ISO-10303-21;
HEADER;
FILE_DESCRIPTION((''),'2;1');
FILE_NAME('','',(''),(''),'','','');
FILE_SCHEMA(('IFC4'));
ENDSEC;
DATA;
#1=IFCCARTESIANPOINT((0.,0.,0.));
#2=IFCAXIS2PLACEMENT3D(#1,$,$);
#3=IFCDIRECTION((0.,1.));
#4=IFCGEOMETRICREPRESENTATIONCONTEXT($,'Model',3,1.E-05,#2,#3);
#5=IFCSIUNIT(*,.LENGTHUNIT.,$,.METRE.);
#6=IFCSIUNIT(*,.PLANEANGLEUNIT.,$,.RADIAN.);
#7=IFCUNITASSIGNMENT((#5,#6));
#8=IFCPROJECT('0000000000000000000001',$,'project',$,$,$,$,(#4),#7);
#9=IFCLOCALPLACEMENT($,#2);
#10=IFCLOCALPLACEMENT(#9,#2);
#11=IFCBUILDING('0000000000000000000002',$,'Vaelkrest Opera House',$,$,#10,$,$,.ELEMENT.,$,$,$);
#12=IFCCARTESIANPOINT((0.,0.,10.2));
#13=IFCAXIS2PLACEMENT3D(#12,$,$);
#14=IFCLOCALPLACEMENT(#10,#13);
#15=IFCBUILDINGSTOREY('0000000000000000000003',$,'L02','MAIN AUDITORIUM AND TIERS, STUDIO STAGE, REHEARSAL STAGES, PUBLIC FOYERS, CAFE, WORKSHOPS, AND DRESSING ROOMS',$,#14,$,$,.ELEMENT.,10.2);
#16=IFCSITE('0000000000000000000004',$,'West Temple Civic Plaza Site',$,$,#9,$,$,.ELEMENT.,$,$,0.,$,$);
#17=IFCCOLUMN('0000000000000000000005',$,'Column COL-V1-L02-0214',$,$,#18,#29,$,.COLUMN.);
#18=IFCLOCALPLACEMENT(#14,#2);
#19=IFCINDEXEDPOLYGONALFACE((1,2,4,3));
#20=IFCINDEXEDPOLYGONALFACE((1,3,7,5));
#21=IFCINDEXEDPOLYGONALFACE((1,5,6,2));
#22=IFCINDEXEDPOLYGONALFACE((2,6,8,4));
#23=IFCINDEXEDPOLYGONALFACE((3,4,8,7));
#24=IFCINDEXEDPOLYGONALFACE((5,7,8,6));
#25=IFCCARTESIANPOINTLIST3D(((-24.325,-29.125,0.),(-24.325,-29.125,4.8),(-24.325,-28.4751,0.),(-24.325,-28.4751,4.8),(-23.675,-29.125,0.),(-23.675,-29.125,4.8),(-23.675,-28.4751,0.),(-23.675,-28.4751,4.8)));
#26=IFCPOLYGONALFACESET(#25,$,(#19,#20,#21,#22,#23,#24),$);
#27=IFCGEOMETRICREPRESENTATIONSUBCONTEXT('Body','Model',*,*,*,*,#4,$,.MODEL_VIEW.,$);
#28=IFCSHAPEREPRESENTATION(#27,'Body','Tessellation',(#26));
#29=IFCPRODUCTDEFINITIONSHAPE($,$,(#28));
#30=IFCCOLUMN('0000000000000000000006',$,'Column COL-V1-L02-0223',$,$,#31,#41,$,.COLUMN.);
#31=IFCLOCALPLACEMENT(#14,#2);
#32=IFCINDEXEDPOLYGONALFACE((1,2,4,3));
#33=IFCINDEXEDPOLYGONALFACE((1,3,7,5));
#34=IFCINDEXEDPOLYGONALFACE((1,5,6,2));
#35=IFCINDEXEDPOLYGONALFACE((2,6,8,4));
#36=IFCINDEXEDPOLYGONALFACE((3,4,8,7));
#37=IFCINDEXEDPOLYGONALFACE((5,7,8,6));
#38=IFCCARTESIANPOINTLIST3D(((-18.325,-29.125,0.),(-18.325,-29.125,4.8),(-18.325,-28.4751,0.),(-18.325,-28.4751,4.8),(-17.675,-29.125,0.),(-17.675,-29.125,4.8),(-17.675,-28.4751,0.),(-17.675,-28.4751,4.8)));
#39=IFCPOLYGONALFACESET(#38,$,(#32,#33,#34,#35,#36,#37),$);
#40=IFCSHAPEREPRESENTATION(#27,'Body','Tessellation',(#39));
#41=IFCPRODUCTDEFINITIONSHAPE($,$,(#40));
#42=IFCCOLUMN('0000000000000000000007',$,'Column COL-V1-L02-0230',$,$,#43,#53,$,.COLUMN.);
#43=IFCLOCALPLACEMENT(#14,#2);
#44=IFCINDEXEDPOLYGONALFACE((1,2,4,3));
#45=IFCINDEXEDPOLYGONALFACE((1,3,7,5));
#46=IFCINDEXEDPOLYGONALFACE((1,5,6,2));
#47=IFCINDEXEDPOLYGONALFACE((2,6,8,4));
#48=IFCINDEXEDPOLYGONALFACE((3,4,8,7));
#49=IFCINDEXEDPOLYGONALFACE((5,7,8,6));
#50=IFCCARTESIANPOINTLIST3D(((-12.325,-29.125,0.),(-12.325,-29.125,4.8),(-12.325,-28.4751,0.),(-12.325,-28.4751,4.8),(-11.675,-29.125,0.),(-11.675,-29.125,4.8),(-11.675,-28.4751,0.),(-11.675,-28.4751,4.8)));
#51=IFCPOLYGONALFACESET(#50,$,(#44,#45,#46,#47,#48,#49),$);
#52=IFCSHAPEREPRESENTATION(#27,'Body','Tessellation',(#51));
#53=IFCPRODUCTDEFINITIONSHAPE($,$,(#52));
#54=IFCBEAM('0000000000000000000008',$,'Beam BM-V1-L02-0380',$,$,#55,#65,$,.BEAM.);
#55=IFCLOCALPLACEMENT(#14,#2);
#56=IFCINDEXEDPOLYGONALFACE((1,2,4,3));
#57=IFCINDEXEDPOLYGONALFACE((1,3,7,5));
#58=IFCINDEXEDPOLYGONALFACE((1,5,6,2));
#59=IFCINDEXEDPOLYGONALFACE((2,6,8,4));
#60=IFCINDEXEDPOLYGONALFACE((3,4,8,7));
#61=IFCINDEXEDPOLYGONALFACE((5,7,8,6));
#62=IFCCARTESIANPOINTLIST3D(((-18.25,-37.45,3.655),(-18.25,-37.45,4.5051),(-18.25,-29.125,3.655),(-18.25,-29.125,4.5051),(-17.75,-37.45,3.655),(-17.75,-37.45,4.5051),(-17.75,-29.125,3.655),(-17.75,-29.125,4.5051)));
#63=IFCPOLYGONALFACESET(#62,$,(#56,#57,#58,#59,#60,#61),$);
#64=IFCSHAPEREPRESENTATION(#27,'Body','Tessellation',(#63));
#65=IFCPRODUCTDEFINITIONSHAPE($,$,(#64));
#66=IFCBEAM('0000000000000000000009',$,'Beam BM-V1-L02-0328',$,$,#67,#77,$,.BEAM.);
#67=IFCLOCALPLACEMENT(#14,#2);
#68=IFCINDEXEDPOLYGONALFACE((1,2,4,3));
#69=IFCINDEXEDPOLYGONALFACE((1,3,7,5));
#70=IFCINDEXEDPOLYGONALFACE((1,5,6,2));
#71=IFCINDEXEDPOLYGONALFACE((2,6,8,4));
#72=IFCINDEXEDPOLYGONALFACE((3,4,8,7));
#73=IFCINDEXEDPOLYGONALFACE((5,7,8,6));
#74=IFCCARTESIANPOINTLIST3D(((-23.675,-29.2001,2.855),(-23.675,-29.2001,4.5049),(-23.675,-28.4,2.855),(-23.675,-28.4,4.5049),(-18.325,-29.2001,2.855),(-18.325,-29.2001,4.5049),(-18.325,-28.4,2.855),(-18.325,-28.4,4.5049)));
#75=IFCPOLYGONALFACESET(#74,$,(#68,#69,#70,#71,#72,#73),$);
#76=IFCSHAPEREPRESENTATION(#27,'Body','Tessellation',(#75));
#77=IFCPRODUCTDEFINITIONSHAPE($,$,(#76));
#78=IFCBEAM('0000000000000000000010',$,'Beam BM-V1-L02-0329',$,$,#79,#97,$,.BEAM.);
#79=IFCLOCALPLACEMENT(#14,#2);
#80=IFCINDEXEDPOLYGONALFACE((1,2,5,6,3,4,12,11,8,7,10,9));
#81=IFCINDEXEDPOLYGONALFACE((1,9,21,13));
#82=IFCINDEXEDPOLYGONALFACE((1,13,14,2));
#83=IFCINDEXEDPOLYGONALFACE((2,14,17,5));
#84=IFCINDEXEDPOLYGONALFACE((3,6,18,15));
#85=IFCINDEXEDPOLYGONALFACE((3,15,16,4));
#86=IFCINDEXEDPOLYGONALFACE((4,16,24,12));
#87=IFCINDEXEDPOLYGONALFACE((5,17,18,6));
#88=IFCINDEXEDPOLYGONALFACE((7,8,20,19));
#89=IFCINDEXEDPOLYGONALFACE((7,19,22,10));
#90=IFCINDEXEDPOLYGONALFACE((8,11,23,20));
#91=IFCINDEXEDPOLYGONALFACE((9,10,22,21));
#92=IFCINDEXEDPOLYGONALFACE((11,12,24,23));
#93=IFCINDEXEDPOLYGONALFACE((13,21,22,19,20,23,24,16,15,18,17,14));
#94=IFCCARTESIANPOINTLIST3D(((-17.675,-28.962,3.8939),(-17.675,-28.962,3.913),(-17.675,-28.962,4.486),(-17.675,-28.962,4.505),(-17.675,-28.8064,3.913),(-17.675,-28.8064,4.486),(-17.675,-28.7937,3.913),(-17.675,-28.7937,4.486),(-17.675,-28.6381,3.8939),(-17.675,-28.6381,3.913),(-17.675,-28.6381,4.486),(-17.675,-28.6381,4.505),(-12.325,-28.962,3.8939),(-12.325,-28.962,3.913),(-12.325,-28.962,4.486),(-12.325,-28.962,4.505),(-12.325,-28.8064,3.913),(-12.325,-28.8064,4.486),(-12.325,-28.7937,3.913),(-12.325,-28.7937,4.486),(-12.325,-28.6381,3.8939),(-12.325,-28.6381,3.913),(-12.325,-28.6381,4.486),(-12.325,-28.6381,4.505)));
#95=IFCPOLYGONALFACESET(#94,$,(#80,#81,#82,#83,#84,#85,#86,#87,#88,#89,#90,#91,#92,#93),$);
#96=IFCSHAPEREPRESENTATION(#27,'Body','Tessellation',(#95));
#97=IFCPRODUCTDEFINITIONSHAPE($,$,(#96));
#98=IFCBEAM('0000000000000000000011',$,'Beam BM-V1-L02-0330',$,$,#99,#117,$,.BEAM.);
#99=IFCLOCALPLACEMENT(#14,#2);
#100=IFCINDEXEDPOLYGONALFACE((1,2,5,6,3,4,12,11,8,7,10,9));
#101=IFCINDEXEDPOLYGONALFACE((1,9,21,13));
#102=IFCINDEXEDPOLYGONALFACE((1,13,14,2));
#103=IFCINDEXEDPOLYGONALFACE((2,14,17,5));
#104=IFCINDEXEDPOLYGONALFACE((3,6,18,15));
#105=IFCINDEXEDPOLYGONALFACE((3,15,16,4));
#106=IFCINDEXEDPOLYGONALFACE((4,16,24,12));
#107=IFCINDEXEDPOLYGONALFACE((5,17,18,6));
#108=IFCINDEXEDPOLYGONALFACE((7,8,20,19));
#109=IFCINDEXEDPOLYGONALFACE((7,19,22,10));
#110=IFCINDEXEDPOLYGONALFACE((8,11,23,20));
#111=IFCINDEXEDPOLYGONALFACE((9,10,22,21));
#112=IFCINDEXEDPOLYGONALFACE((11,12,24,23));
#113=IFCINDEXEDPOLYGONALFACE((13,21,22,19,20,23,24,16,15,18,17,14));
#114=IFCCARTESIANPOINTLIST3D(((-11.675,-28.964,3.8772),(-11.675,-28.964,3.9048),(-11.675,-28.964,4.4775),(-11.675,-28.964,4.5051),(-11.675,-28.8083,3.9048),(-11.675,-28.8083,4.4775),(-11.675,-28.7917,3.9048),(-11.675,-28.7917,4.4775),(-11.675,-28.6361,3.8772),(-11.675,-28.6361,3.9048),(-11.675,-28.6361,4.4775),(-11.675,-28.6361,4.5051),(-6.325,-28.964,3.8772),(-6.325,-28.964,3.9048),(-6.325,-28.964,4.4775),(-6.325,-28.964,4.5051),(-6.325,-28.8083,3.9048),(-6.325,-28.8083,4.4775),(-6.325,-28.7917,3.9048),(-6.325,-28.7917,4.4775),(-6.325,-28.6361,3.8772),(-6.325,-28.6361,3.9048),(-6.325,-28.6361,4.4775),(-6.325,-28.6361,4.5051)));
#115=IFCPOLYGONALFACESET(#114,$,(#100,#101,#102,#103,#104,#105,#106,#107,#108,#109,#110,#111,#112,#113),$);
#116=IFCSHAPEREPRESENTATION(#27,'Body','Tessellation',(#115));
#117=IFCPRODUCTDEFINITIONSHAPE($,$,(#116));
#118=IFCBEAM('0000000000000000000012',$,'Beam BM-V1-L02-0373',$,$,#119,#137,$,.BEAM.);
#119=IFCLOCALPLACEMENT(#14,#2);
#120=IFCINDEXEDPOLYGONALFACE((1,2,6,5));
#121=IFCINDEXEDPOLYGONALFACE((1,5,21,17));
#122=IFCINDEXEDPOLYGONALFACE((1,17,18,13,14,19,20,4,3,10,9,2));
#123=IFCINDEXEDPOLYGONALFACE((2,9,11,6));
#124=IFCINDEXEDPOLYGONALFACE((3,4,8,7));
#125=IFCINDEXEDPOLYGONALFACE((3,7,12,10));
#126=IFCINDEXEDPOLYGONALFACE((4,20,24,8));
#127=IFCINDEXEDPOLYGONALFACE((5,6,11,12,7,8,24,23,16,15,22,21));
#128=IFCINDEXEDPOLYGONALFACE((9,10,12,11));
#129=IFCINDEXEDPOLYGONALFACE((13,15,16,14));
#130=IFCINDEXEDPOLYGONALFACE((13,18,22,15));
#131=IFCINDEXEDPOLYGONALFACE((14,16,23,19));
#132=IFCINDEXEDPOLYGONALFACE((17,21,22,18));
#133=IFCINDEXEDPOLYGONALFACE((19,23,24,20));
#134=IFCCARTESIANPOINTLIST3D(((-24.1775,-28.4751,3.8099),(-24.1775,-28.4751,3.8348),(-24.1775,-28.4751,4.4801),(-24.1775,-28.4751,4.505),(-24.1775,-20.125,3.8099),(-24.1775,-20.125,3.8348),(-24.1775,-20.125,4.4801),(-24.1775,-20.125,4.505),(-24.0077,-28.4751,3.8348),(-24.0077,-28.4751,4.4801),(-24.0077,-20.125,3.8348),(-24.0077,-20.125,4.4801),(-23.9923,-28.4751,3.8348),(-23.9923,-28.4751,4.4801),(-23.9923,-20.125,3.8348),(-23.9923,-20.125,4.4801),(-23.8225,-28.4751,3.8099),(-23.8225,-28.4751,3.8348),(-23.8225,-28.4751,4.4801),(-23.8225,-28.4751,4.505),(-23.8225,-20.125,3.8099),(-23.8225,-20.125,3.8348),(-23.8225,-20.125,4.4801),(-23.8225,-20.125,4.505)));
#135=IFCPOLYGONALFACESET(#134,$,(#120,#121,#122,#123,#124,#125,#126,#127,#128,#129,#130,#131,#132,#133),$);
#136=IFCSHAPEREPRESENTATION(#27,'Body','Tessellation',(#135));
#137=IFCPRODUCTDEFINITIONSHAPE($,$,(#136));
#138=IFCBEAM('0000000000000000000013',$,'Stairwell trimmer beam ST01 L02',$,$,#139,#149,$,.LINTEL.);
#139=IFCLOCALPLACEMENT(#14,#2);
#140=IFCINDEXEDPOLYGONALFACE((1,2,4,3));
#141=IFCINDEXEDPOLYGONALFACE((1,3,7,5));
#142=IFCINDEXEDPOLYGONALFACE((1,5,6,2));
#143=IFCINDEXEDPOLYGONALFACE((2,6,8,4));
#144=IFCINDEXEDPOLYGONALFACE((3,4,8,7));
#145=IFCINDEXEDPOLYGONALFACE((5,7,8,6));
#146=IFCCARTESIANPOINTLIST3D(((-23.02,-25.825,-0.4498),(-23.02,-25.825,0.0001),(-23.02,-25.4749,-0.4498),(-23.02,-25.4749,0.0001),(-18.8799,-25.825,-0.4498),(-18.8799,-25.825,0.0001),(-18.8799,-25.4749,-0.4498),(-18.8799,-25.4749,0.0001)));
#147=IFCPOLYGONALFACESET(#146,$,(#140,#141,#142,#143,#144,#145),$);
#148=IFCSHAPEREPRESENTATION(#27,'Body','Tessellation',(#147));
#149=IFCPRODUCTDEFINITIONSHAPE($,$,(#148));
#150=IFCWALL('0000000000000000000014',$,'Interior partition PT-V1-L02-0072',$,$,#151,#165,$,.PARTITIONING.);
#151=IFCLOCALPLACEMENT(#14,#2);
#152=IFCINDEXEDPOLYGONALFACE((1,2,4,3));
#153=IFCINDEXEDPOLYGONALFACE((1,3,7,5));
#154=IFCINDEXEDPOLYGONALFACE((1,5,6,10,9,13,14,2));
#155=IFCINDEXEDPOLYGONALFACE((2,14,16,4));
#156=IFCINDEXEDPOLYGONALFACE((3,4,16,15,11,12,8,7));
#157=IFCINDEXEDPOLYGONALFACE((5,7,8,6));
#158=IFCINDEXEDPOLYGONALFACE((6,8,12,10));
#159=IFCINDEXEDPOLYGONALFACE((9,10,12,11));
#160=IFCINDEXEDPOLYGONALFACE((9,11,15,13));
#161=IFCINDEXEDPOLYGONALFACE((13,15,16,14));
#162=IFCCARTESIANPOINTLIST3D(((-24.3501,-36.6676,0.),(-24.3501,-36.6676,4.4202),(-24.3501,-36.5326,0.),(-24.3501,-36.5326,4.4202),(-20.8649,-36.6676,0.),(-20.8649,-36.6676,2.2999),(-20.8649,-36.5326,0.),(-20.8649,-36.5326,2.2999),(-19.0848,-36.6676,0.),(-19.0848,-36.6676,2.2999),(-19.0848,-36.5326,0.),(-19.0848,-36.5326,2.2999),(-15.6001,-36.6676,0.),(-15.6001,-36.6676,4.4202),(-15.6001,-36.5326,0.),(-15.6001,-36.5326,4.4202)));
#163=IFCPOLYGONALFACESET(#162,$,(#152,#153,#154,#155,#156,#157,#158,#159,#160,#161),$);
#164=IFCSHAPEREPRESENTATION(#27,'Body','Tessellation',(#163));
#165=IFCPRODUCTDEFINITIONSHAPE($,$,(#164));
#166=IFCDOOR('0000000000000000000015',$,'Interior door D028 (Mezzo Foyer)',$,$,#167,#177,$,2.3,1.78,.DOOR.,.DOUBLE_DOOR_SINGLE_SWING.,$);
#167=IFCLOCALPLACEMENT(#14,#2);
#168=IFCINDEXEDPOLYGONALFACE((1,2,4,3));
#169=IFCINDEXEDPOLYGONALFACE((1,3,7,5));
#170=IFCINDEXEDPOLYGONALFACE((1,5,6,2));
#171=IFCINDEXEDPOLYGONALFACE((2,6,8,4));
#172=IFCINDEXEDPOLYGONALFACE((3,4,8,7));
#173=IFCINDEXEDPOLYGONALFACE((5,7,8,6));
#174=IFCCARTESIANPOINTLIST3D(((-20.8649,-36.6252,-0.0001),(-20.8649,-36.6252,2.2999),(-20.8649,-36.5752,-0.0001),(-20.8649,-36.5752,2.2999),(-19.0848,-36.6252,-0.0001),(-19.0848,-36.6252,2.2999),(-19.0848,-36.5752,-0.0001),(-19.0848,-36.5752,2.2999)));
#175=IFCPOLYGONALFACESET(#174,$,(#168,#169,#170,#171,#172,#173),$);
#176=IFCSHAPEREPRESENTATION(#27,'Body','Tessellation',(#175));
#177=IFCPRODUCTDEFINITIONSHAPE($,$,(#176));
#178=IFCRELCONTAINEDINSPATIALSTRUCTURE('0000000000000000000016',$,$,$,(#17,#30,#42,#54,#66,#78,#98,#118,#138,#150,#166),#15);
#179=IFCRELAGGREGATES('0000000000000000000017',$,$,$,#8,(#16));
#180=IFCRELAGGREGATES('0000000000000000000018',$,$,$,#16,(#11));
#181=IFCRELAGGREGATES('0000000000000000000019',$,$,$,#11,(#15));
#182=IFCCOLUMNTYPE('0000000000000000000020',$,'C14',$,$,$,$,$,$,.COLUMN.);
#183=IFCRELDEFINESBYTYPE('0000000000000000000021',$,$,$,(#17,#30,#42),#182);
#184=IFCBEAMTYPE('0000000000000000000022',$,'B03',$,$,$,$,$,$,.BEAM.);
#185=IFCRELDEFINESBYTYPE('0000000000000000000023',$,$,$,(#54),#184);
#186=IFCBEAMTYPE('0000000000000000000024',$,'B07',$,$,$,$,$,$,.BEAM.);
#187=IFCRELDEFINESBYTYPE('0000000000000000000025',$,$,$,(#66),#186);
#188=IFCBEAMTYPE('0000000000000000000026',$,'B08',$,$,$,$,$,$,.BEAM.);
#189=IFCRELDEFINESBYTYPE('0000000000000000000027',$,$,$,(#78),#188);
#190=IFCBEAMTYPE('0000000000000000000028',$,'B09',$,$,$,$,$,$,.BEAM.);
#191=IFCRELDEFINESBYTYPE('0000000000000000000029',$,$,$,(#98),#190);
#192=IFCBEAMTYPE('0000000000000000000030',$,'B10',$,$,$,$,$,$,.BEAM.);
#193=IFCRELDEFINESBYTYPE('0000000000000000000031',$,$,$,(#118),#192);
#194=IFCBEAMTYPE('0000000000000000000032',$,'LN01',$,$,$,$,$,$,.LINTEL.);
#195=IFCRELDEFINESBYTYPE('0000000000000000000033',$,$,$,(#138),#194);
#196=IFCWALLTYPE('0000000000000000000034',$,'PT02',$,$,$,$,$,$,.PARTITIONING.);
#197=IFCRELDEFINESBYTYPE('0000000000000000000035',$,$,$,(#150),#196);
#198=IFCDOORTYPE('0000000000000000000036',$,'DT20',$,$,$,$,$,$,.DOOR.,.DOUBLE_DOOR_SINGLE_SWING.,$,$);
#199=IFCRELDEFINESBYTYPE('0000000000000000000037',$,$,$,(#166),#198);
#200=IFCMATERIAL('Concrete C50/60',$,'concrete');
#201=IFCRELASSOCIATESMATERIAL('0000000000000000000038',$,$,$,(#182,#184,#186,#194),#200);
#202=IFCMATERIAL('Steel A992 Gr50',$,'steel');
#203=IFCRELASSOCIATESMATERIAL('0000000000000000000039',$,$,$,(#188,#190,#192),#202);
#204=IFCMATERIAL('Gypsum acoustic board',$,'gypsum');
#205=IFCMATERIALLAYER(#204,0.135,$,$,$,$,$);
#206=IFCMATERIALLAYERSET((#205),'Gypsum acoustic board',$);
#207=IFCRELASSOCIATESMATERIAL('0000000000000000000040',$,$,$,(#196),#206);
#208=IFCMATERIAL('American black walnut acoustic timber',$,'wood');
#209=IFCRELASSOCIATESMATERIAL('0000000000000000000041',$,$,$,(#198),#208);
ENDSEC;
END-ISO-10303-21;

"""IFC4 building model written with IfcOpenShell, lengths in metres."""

from ifc_helpers import new_model, si_unit, direction, frame, frame_2d, origin, origin_2d, place, context, subcontext, project, spatial, rectangle, i_section, extrude, material, layer, layer_set, material_profile, profile_set, type_object, element, fill, save


model = new_model("IFC4")

# Units and contexts
model_context = context("Model", 3, precision=1e-05, world=origin(), true_north=direction((0.0, 1.0)))
body_context = subcontext(model_context, "Body", "Model", "MODEL_VIEW")
ifc_project = project(units=[si_unit("LENGTHUNIT", "METRE"), si_unit("PLANEANGLEUNIT", "RADIAN")], contexts=[model_context])

# Site, building, storey
site_placement = place(None, origin())
site = spatial("IfcSite", under=ifc_project, at=site_placement, Name="West Temple Civic Plaza Site", CompositionType="ELEMENT", RefElevation=0.0)
building_placement = place(site_placement, origin())
building = spatial("IfcBuilding", under=site, at=building_placement, Name="Vaelkrest Opera House", CompositionType="ELEMENT")
storey_placement = place(building_placement, frame((0.0, 0.0, 10.2)))
storey = spatial("IfcBuildingStorey", under=building, at=storey_placement, Name="L02", Description="MAIN AUDITORIUM AND TIERS, STUDIO STAGE, REHEARSAL STAGES, PUBLIC FOYERS, CAFE, WORKSHOPS, AND DRESSING ROOMS", CompositionType="ELEMENT", Elevation=10.2)

# Columns
ifc_material_1 = material(Name="Concrete C50/60", Category="concrete")
ifc_material_profile_1 = material_profile(ifc_material_1, rectangle(XDim=0.6499, YDim=0.6499, at=origin_2d()), Name="RC650X650")
ifc_profile_set_1 = profile_set([ifc_material_profile_1], Name="Concrete C50/60")
column_type = type_object("IfcColumnType", Name="C14", PredefinedType="COLUMN", material=ifc_profile_set_1)
for number, where, z_axis, x_axis, name in (
    (1, (-24.0, -28.8, 0.0), (0.0, 0.0, 1.0), (1.0, 0.0, 0.0), "Column COL-V1-L02-0214"),
    (2, (-18.0, -28.8, 0.0), (0.0, 0.0, 1.0), (1.0, 0.0, 0.0), "Column COL-V1-L02-0223"),
    (3, (-12.0, -28.8, 0.0), (0.0, 0.0, 1.0), (1.0, 0.0, 0.0), "Column COL-V1-L02-0230"),
):
    element("IfcColumn", number, at=place(storey_placement, frame(where, z_axis=z_axis, x_axis=x_axis)), inside=storey, type_object=column_type, Name=name, PredefinedType="COLUMN", context=body_context, shape_type="SweptSolid", body=[
        extrude(rectangle(XDim=0.6499, YDim=0.6499, at=origin_2d()), origin(), (0.0, 0.0, 1.0), 4.8),
    ])

# Beams
ifc_material_profile_2 = material_profile(ifc_material_1, rectangle(XDim=0.5, YDim=0.8501, at=origin_2d()), Name="RCB500X850")
ifc_profile_set_2 = profile_set([ifc_material_profile_2], Name="Concrete C50/60")
beam_type_1 = type_object("IfcBeamType", Name="B03", PredefinedType="BEAM", material=ifc_profile_set_2)
beam_1_placement = place(storey_placement, frame((-18.0, -37.45, 4.0801), z_axis=(0.0, 1.0, 0.0), x_axis=(-1.0, 0.0, 0.0)))
element("IfcBeam", 4, at=beam_1_placement, inside=storey, type_object=beam_type_1, Name="Beam BM-V1-L02-0380", PredefinedType="BEAM", context=body_context, shape_type="SweptSolid", body=[
    extrude(rectangle(XDim=0.5, YDim=0.8501, at=origin_2d()), origin(), (0.0, 0.0, 1.0), 8.325),
])
ifc_material_profile_3 = material_profile(ifc_material_1, rectangle(XDim=0.8, YDim=1.6499, at=origin_2d()), Name="RCB800X1650")
ifc_profile_set_3 = profile_set([ifc_material_profile_3], Name="Concrete C50/60")
beam_type_2 = type_object("IfcBeamType", Name="B07", PredefinedType="BEAM", material=ifc_profile_set_3)
beam_2_placement = place(storey_placement, frame((-23.675, -28.8, 3.6799), z_axis=(1.0, 0.0, 0.0), x_axis=(0.0, 1.0, 0.0)))
element("IfcBeam", 5, at=beam_2_placement, inside=storey, type_object=beam_type_2, Name="Beam BM-V1-L02-0328", PredefinedType="BEAM", context=body_context, shape_type="SweptSolid", body=[
    extrude(rectangle(XDim=0.8, YDim=1.6499, at=origin_2d()), origin(), (0.0, 0.0, 1.0), 5.3501),
])
ifc_material_2 = material(Name="Steel A992 Gr50", Category="steel")
ifc_material_profile_4 = material_profile(ifc_material_2, i_section(OverallWidth=0.324, OverallDepth=0.6111, WebThickness=0.0127, FlangeThickness=0.019, at=origin_2d()), Name="W24X104")
ifc_profile_set_4 = profile_set([ifc_material_profile_4], Name="Steel A992 Gr50")
beam_type_3 = type_object("IfcBeamType", Name="B08", PredefinedType="BEAM", material=ifc_profile_set_4)
beam_3_placement = place(storey_placement, frame((-17.675, -28.8, 4.1995), z_axis=(1.0, 0.0, 0.0), x_axis=(0.0, 1.0, 0.0)))
element("IfcBeam", 6, at=beam_3_placement, inside=storey, type_object=beam_type_3, Name="Beam BM-V1-L02-0329", PredefinedType="BEAM", context=body_context, shape_type="SweptSolid", body=[
    extrude(i_section(OverallWidth=0.324, OverallDepth=0.6111, WebThickness=0.0127, FlangeThickness=0.019, at=origin_2d()), origin(), (0.0, 0.0, 1.0), 5.3501),
])
ifc_material_profile_5 = material_profile(ifc_material_2, i_section(OverallWidth=0.3279, OverallDepth=0.6279, WebThickness=0.0166, FlangeThickness=0.0276, at=origin_2d()), Name="W24X146")
ifc_profile_set_5 = profile_set([ifc_material_profile_5], Name="Steel A992 Gr50")
beam_type_4 = type_object("IfcBeamType", Name="B09", PredefinedType="BEAM", material=ifc_profile_set_5)
beam_4_placement = place(storey_placement, frame((-11.675, -28.8, 4.1912), z_axis=(1.0, 0.0, 0.0), x_axis=(0.0, 1.0, 0.0)))
element("IfcBeam", 7, at=beam_4_placement, inside=storey, type_object=beam_type_4, Name="Beam BM-V1-L02-0330", PredefinedType="BEAM", context=body_context, shape_type="SweptSolid", body=[
    extrude(i_section(OverallWidth=0.3279, OverallDepth=0.6279, WebThickness=0.0166, FlangeThickness=0.0276, at=origin_2d()), origin(), (0.0, 0.0, 1.0), 5.3501),
])
ifc_material_profile_6 = material_profile(ifc_material_2, i_section(OverallWidth=0.355, OverallDepth=0.6951, WebThickness=0.0154, FlangeThickness=0.0249, at=origin_2d()), Name="W27X146")
ifc_profile_set_6 = profile_set([ifc_material_profile_6], Name="Steel A992 Gr50")
beam_type_5 = type_object("IfcBeamType", Name="B10", PredefinedType="BEAM", material=ifc_profile_set_6)
beam_5_placement = place(storey_placement, frame((-24.0, -28.4751, 4.1575), z_axis=(0.0, 1.0, 0.0), x_axis=(-1.0, 0.0, 0.0)))
element("IfcBeam", 8, at=beam_5_placement, inside=storey, type_object=beam_type_5, Name="Beam BM-V1-L02-0373", PredefinedType="BEAM", context=body_context, shape_type="SweptSolid", body=[
    extrude(i_section(OverallWidth=0.355, OverallDepth=0.6951, WebThickness=0.0154, FlangeThickness=0.0249, at=origin_2d()), origin(), (0.0, 0.0, 1.0), 8.3501),
])
ifc_material_profile_7 = material_profile(ifc_material_1, rectangle(XDim=0.3501, YDim=0.45, at=origin_2d()), Name="RCB350X450")
ifc_profile_set_7 = profile_set([ifc_material_profile_7], Name="Concrete C50/60")
beam_type_6 = type_object("IfcBeamType", Name="LN01", PredefinedType="LINTEL", material=ifc_profile_set_7)
beam_6_placement = place(storey_placement, frame((-23.02, -25.6499, -0.2249), z_axis=(1.0, 0.0, 0.0), x_axis=(0.0, 1.0, 0.0)))
element("IfcBeam", 9, at=beam_6_placement, inside=storey, type_object=beam_type_6, Name="Stairwell trimmer beam ST01 L02", PredefinedType="LINTEL", context=body_context, shape_type="SweptSolid", body=[
    extrude(rectangle(XDim=0.3501, YDim=0.45, at=origin_2d()), origin(), (0.0, 0.0, 1.0), 4.1401),
])

# Wall, opening, door
ifc_material_3 = material(Name="Gypsum acoustic board", Category="gypsum")
ifc_layer_1 = layer(ifc_material_3, 0.135)
ifc_layer_set_1 = layer_set([ifc_layer_1], Name="Gypsum acoustic board")
wall_type_1 = type_object("IfcWallType", Name="PT02", PredefinedType="PARTITIONING", material=ifc_layer_set_1)
wall_1_placement = place(storey_placement, frame((-24.3501, -36.6001, 0.0), z_axis=(0.0, 0.0, 1.0), x_axis=(1.0, 0.0, 0.0)))
wall_1 = element("IfcWall", 10, at=wall_1_placement, inside=storey, type_object=wall_type_1, Name="Interior partition PT-V1-L02-0072", PredefinedType="PARTITIONING", context=body_context, shape_type="SweptSolid", body=[
    extrude(rectangle(XDim=8.75, YDim=0.135, at=frame_2d((4.375, 0.0))), origin(), (0.0, 0.0, 1.0), 4.4202),
])
opening_1_placement = place(wall_1_placement, frame((3.4851, 0.0, 0.0)))
opening_1 = element("IfcOpeningElement", 11, at=opening_1_placement, cuts=wall_1, PredefinedType="OPENING", context=body_context, shape_type="SweptSolid", body=[
    extrude(rectangle(XDim=1.78, YDim=2.3, at=frame_2d((0.8901, 1.1499))), frame((0.0, 0.0774, 0.0), z_axis=(0.0, -1.0, 0.0), x_axis=(1.0, 0.0, 0.0)), (0.0, 0.0, 1.0), 0.155),
])
ifc_material_4 = material(Name="American black walnut acoustic timber", Category="wood")
door_type_1 = type_object("IfcDoorType", Name="DT20", OperationType="DOUBLE_DOOR_SINGLE_SWING", PredefinedType="DOOR", material=ifc_material_4)
door_1_placement = place(opening_1_placement, origin())
door_1 = element("IfcDoor", 12, at=door_1_placement, inside=storey, type_object=door_type_1, Name="Interior door D028 (Mezzo Foyer)", OperationType="DOUBLE_DOOR_SINGLE_SWING", OverallHeight=2.3, OverallWidth=1.78, PredefinedType="DOOR", context=body_context, shape_type="SweptSolid", body=[
    extrude(rectangle(XDim=1.78, YDim=2.3, at=frame_2d((0.8901, 1.1499))), frame((0.0, 0.0249, 0.0), z_axis=(0.0, -1.0, 0.0), x_axis=(1.0, 0.0, 0.0)), (0.0, 0.0, 1.0), 0.05),
])
fill(opening_1, door_1)

save(model, "model.ifc")
